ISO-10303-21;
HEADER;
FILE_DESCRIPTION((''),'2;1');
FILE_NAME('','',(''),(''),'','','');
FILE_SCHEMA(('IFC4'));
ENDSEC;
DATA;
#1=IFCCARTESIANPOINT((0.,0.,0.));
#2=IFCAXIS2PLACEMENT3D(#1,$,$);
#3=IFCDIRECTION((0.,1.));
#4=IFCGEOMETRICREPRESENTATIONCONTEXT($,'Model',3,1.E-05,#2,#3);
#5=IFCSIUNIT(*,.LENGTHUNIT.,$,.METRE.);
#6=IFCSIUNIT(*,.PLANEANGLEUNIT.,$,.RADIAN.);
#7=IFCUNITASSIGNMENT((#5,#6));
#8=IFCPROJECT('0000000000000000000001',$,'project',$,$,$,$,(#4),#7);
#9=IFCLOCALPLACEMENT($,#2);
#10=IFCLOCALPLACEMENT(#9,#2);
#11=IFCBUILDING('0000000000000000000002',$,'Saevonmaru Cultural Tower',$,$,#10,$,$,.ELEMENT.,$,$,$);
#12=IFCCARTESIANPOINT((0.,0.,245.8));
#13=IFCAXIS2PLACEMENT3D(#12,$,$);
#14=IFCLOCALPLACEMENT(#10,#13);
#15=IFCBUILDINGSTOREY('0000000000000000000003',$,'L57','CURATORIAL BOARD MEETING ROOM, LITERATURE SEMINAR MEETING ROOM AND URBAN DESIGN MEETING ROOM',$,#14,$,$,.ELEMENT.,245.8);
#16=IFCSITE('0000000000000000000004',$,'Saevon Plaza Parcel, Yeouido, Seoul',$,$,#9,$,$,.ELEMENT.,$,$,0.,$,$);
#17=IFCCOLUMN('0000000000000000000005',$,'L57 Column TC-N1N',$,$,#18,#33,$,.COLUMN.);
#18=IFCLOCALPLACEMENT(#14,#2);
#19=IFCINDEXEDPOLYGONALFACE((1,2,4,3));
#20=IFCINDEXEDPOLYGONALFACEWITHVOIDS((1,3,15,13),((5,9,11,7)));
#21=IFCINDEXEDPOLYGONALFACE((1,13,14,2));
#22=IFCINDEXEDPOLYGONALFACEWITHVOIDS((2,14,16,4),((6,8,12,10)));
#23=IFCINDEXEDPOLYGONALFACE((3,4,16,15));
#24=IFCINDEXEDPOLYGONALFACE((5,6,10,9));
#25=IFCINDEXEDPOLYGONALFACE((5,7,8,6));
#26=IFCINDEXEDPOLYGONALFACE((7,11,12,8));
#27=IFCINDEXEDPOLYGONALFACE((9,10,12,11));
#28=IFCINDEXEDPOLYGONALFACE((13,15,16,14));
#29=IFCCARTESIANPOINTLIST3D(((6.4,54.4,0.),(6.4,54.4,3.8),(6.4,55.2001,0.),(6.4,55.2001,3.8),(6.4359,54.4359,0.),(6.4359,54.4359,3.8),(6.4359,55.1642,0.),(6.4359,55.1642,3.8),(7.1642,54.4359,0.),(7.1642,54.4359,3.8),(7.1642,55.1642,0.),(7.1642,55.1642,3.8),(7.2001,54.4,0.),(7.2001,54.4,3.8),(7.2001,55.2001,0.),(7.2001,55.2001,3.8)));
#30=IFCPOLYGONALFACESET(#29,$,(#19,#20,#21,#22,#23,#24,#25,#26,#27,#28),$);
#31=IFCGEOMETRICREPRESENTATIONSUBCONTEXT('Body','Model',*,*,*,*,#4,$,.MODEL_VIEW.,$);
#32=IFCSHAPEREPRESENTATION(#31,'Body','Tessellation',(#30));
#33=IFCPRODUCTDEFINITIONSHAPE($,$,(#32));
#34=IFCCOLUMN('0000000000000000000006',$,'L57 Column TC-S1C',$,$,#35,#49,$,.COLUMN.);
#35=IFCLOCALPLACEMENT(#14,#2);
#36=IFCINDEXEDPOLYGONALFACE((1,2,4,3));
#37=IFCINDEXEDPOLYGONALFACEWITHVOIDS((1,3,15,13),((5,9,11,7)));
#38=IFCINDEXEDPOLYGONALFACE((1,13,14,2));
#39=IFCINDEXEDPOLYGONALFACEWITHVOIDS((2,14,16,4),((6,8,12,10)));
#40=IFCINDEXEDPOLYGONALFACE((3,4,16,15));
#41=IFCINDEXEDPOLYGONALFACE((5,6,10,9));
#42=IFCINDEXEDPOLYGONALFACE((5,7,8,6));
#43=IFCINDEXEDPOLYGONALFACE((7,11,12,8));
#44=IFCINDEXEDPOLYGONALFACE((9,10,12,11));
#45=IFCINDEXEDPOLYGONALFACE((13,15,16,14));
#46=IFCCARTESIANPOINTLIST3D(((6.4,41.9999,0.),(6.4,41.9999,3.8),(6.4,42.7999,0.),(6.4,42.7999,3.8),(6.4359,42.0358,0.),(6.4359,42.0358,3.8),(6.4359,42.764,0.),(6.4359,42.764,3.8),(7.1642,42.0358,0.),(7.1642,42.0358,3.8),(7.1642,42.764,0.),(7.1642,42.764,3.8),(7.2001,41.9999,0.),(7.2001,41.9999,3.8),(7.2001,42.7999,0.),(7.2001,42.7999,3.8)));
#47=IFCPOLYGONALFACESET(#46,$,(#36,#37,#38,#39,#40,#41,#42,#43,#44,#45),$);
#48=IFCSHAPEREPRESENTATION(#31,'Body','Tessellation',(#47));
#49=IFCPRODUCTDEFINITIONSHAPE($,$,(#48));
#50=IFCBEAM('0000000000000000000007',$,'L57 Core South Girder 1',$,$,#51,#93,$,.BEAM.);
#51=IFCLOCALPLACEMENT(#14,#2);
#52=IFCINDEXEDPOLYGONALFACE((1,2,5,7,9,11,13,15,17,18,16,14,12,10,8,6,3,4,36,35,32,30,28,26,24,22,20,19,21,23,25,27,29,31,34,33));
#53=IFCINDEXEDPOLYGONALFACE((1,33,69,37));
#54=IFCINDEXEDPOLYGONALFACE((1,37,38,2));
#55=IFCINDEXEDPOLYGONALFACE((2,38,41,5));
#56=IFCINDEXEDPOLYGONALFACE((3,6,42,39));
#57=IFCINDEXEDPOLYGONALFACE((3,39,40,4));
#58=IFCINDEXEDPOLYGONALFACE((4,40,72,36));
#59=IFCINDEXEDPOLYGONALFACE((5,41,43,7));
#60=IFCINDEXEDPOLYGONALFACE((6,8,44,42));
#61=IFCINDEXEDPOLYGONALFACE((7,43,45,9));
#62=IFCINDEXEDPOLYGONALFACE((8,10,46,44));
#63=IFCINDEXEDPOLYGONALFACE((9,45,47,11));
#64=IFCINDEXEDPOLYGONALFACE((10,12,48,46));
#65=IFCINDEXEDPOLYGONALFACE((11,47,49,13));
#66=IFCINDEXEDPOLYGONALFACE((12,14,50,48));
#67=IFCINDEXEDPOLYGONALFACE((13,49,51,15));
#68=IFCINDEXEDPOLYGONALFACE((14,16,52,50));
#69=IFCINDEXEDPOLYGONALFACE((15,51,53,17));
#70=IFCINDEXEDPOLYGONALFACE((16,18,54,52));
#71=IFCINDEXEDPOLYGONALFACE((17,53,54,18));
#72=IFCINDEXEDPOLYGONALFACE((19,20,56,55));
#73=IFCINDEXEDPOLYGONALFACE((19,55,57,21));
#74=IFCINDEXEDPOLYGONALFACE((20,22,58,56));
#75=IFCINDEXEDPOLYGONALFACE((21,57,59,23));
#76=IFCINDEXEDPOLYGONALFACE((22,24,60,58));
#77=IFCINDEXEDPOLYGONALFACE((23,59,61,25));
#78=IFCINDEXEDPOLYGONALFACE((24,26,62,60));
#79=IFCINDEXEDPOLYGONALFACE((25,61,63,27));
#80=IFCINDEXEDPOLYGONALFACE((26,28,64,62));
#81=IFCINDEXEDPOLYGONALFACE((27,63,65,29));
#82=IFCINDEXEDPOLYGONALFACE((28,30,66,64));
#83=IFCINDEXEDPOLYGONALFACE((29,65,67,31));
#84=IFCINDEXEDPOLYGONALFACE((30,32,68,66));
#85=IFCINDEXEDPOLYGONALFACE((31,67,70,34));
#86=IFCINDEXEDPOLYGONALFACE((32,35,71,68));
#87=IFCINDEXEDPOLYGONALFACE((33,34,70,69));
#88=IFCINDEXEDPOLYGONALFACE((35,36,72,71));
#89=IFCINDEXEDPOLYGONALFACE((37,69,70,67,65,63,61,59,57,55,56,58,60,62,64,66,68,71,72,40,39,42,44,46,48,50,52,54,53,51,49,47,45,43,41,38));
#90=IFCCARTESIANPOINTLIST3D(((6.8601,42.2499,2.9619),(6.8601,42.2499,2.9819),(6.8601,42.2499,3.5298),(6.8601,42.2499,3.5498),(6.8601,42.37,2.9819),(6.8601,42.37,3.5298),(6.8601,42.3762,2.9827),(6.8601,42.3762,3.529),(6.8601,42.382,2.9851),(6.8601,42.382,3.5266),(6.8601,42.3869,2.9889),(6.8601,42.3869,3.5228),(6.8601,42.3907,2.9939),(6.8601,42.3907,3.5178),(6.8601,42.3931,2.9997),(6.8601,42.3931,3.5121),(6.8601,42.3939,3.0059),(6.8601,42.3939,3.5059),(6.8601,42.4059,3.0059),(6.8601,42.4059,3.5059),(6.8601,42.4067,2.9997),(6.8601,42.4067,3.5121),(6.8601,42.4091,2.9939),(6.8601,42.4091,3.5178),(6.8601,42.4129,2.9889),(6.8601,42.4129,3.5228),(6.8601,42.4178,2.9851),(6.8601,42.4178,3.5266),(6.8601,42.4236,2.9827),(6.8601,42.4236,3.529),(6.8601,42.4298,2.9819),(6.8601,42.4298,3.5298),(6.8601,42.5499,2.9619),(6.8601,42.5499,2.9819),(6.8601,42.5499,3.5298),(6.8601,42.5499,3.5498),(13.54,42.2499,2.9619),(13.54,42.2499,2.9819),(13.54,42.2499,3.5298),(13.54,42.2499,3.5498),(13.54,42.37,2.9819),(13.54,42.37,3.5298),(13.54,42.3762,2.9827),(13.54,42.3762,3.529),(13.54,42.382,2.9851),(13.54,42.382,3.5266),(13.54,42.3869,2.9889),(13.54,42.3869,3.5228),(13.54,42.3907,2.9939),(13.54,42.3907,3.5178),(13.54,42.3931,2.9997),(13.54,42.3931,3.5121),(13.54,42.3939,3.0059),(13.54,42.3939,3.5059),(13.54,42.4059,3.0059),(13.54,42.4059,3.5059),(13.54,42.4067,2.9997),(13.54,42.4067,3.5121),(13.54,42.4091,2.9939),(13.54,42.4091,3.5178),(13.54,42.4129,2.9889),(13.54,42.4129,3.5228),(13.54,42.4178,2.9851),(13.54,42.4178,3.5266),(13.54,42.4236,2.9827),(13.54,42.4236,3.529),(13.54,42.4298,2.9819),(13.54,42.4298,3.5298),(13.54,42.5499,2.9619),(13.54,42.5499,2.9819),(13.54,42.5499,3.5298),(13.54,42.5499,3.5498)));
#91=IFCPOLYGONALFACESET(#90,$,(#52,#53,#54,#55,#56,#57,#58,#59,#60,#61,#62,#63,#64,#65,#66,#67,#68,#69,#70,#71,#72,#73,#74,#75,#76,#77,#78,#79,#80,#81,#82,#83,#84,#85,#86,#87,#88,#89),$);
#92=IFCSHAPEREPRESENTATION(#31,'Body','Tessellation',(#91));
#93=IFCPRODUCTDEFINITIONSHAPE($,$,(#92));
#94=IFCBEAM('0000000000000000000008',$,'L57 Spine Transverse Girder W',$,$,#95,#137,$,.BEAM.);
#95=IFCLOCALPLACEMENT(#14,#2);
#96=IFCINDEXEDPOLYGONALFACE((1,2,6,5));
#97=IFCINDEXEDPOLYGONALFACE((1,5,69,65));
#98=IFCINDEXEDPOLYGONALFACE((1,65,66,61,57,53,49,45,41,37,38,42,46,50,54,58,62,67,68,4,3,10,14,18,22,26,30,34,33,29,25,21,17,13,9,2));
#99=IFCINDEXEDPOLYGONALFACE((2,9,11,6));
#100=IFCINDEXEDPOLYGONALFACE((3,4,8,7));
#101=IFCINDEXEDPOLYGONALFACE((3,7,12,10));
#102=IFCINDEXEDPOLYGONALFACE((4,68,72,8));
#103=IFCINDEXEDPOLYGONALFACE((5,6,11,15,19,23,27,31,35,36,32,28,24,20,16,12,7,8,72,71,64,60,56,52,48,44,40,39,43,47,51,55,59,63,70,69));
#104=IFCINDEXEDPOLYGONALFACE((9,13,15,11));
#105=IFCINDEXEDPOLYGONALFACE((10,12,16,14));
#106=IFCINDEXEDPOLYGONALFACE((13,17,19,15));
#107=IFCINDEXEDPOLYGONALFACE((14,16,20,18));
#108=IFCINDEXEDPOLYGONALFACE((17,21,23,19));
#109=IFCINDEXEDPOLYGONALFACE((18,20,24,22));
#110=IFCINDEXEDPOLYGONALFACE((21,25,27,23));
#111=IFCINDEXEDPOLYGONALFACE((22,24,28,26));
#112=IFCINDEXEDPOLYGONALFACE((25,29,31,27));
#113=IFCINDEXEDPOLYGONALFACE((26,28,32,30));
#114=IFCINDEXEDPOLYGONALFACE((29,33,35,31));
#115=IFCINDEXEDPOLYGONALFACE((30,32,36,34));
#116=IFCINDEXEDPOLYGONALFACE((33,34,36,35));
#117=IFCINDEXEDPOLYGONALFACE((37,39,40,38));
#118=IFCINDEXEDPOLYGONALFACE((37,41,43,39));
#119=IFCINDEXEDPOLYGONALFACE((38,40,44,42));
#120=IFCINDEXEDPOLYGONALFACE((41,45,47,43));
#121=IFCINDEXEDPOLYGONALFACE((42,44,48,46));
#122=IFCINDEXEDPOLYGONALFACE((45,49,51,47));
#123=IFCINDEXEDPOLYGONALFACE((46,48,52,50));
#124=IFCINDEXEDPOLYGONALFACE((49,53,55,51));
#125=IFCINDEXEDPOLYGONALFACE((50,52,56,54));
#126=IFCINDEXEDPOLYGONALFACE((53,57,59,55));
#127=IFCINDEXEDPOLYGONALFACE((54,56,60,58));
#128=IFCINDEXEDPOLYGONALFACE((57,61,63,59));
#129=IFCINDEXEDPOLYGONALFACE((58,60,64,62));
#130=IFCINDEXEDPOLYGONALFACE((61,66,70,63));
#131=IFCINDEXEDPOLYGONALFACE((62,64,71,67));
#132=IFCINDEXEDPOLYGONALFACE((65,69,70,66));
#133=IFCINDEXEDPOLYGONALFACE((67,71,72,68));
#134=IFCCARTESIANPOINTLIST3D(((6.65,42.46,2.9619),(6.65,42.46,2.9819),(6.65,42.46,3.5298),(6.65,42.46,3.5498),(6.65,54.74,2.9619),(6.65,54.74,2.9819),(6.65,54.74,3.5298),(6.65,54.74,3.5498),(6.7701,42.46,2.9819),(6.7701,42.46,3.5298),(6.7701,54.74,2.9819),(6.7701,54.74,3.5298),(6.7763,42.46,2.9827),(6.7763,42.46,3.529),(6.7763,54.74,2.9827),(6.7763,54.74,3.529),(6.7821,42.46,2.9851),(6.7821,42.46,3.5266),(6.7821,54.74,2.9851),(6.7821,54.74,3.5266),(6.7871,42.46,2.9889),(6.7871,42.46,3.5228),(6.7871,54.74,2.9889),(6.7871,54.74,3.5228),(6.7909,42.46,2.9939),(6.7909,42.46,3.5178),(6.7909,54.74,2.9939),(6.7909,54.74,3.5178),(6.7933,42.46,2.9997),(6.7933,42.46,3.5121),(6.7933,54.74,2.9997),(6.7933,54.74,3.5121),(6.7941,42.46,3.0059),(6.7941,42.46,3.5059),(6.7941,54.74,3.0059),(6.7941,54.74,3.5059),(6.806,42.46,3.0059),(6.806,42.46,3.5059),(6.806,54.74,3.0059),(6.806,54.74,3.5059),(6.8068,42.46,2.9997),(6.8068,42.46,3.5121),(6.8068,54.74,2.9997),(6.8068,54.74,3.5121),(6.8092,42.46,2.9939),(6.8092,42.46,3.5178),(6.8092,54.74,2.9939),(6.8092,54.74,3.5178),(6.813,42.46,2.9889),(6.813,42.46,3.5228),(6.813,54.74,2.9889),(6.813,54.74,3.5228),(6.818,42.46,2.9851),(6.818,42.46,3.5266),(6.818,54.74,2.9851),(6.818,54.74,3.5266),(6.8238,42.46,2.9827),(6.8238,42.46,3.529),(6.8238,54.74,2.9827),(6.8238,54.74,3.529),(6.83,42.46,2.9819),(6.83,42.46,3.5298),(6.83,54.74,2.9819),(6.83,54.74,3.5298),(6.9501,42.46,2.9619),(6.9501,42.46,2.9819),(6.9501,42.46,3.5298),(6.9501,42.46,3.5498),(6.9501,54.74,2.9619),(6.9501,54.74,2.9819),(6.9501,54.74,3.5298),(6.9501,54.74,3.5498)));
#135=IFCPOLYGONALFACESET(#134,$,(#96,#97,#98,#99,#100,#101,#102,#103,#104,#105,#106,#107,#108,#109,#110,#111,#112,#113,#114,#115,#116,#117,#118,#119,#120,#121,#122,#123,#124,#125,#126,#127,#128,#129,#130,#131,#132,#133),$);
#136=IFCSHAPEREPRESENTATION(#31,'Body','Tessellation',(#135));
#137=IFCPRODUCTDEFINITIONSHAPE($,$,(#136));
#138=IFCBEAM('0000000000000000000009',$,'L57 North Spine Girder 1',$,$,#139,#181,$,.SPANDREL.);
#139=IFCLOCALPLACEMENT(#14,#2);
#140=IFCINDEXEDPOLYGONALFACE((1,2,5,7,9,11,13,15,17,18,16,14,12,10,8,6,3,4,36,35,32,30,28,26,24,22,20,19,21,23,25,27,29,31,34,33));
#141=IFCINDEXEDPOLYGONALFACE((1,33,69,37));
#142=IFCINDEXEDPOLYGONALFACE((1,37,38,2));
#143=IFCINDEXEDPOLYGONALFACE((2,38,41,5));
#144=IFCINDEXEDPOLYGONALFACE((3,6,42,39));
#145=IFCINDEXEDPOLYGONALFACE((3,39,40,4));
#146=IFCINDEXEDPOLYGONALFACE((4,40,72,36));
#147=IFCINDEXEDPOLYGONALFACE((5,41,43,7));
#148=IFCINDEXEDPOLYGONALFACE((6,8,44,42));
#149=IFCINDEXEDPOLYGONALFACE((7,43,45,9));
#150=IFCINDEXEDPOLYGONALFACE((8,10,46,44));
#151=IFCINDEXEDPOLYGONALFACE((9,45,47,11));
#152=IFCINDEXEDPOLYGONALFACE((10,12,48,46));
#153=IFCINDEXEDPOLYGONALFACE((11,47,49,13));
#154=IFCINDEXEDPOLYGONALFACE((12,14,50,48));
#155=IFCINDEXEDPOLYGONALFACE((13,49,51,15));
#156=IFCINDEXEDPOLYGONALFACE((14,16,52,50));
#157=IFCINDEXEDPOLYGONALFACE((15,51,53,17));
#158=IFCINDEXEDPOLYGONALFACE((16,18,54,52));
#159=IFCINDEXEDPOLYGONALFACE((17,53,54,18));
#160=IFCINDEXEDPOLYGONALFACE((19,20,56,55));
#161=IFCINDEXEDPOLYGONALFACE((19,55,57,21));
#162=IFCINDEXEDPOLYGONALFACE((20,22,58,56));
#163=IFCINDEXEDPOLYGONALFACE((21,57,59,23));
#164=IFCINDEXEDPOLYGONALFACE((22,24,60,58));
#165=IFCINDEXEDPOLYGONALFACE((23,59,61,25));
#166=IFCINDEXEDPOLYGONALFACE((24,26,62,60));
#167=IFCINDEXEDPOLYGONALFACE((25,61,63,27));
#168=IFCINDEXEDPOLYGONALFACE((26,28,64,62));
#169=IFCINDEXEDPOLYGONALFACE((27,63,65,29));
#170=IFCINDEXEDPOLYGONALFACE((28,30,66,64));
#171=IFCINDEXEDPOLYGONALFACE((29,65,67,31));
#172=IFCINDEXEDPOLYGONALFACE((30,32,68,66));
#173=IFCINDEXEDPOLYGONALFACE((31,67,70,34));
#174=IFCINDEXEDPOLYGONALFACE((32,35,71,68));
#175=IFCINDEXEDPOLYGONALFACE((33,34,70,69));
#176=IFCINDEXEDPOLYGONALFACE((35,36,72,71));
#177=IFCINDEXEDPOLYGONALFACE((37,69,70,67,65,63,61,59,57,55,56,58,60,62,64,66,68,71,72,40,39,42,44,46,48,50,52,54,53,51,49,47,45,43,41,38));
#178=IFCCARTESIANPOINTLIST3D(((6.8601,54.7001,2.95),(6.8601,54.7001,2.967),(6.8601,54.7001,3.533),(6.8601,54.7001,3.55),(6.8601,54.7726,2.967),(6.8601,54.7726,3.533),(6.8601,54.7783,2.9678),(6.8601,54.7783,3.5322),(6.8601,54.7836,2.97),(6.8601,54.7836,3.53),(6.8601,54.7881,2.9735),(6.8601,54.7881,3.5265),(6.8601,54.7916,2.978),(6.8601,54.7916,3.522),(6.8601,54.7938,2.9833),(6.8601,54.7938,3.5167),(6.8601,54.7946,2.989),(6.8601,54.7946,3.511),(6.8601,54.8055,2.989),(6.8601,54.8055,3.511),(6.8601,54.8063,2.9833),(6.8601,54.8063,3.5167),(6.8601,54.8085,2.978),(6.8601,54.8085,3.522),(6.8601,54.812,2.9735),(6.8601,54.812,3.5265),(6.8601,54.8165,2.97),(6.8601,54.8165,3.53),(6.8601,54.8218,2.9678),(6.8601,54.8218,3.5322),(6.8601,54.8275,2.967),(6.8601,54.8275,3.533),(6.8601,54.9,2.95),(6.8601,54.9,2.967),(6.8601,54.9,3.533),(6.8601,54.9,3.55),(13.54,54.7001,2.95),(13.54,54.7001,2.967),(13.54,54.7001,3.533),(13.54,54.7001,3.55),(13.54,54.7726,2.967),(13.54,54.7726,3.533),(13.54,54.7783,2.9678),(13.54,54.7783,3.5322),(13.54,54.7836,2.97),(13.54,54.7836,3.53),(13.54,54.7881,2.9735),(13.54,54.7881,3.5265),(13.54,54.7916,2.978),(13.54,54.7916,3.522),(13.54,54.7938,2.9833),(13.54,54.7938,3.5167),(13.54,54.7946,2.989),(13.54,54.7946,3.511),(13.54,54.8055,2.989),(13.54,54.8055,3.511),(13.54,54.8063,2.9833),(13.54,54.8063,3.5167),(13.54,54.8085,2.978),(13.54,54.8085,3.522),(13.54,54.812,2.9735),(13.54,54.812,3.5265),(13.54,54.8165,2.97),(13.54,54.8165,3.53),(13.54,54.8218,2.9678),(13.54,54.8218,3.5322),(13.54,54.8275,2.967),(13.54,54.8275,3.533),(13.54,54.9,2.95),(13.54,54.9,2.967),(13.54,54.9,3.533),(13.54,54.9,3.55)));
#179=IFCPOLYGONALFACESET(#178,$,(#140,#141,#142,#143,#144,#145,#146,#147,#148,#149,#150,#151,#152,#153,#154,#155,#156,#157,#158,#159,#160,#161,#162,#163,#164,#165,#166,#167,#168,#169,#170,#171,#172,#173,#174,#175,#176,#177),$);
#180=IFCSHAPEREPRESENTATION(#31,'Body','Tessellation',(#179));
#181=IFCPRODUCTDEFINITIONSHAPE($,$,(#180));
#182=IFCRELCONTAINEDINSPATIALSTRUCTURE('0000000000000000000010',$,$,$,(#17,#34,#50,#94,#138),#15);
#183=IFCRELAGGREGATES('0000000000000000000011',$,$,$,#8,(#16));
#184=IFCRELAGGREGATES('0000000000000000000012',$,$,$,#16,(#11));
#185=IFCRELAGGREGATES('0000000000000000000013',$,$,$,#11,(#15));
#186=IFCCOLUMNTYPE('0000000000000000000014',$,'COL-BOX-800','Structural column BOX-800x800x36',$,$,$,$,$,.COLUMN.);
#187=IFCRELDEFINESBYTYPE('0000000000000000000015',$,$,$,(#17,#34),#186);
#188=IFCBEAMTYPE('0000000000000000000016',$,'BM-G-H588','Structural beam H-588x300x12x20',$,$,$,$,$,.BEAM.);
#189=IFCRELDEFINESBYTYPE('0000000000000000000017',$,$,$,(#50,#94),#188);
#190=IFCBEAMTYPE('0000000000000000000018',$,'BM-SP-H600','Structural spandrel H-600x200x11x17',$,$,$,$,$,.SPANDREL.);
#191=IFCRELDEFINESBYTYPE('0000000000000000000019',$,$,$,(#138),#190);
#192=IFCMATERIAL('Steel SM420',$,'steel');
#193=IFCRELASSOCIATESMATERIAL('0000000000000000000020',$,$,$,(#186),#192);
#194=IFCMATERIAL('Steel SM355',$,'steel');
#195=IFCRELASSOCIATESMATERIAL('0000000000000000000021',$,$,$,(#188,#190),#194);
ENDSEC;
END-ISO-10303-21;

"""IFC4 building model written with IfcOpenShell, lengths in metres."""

from ifc_helpers import new_model, si_unit, direction, frame, origin, origin_2d, place, context, subcontext, project, spatial, hollow_rectangle, i_section, extrude, material, material_profile, profile_set, type_object, element, save


model = new_model("IFC4")

# Units and contexts
model_context = context("Model", 3, precision=1e-05, world=origin(), true_north=direction((0.0, 1.0)))
body_context = subcontext(model_context, "Body", "Model", "MODEL_VIEW")
ifc_project = project(units=[si_unit("LENGTHUNIT", "METRE"), si_unit("PLANEANGLEUNIT", "RADIAN")], contexts=[model_context])

# Site, building, storey
site_placement = place(None, origin())
site = spatial("IfcSite", under=ifc_project, at=site_placement, Name="Saevon Plaza Parcel, Yeouido, Seoul", CompositionType="ELEMENT", RefElevation=0.0)
building_placement = place(site_placement, origin())
building = spatial("IfcBuilding", under=site, at=building_placement, Name="Saevonmaru Cultural Tower", CompositionType="ELEMENT")
storey_placement = place(building_placement, frame((0.0, 0.0, 245.8)))
storey = spatial("IfcBuildingStorey", under=building, at=storey_placement, Name="L57", Description="CURATORIAL BOARD MEETING ROOM, LITERATURE SEMINAR MEETING ROOM AND URBAN DESIGN MEETING ROOM", CompositionType="ELEMENT", Elevation=245.8)

# Columns
ifc_material_1 = material(Name="Steel SM420", Category="steel")
ifc_material_profile_1 = material_profile(ifc_material_1, hollow_rectangle(XDim=0.8, YDim=0.8, WallThickness=0.0359, at=origin_2d()), Name="BOX-800x800x36")
ifc_profile_set_1 = profile_set([ifc_material_profile_1], Name="Steel SM420")
column_type = type_object("IfcColumnType", Name="COL-BOX-800", Description="Structural column BOX-800x800x36", PredefinedType="COLUMN", material=ifc_profile_set_1)
for number, where, z_axis, x_axis, name in (
    (1, (6.8, 54.8, 0.0), (0.0, 0.0, 1.0), (1.0, 0.0, 0.0), "L57 Column TC-N1N"),
    (2, (6.8, 42.3999, 0.0), (0.0, 0.0, 1.0), (1.0, 0.0, 0.0), "L57 Column TC-S1C"),
):
    element("IfcColumn", number, at=place(storey_placement, frame(where, z_axis=z_axis, x_axis=x_axis)), inside=storey, type_object=column_type, Name=name, PredefinedType="COLUMN", context=body_context, shape_type="SweptSolid", body=[
        extrude(hollow_rectangle(XDim=0.8, YDim=0.8, WallThickness=0.0359, at=origin_2d()), origin(), (0.0, 0.0, 1.0), 3.8),
    ])

# Beams
ifc_material_2 = material(Name="Steel SM355", Category="steel")
ifc_material_profile_2 = material_profile(ifc_material_2, i_section(OverallWidth=0.3, OverallDepth=0.5879, WebThickness=0.012, FlangeThickness=0.02, FilletRadius=0.0239, at=origin_2d()), Name="H-588x300x12x20")
ifc_profile_set_2 = profile_set([ifc_material_profile_2], Name="Steel SM355")
beam_type_1 = type_object("IfcBeamType", Name="BM-G-H588", Description="Structural beam H-588x300x12x20", PredefinedType="BEAM", material=ifc_profile_set_2)
beam_1_placement = place(storey_placement, frame((6.8601, 42.3999, 3.2559), z_axis=(1.0, 0.0, 0.0), x_axis=(0.0, 1.0, 0.0)))
element("IfcBeam", 3, at=beam_1_placement, inside=storey, type_object=beam_type_1, Name="L57 Core South Girder 1", PredefinedType="BEAM", context=body_context, shape_type="SweptSolid", body=[
    extrude(i_section(OverallWidth=0.3, OverallDepth=0.5879, WebThickness=0.012, FlangeThickness=0.02, FilletRadius=0.0239, at=origin_2d()), origin(), (0.0, 0.0, 1.0), 6.6799),
])
beam_2_placement = place(storey_placement, frame((6.8, 54.74, 3.2559), z_axis=(0.0, -1.0, 0.0), x_axis=(1.0, 0.0, 0.0)))
element("IfcBeam", 4, at=beam_2_placement, inside=storey, type_object=beam_type_1, Name="L57 Spine Transverse Girder W", PredefinedType="BEAM", context=body_context, shape_type="SweptSolid", body=[
    extrude(i_section(OverallWidth=0.3, OverallDepth=0.5879, WebThickness=0.012, FlangeThickness=0.02, FilletRadius=0.0239, at=origin_2d()), origin(), (0.0, 0.0, 1.0), 12.28),
])
ifc_material_profile_3 = material_profile(ifc_material_2, i_section(OverallWidth=0.2, OverallDepth=0.6001, WebThickness=0.011, FlangeThickness=0.0171, FilletRadius=0.022, at=origin_2d()), Name="H-600x200x11x17")
ifc_profile_set_3 = profile_set([ifc_material_profile_3], Name="Steel SM355")
beam_type_2 = type_object("IfcBeamType", Name="BM-SP-H600", Description="Structural spandrel H-600x200x11x17", PredefinedType="SPANDREL", material=ifc_profile_set_3)
beam_3_placement = place(storey_placement, frame((6.8601, 54.8, 3.25), z_axis=(1.0, 0.0, 0.0), x_axis=(0.0, 1.0, 0.0)))
element("IfcBeam", 5, at=beam_3_placement, inside=storey, type_object=beam_type_2, Name="L57 North Spine Girder 1", PredefinedType="SPANDREL", context=body_context, shape_type="SweptSolid", body=[
    extrude(i_section(OverallWidth=0.2, OverallDepth=0.6001, WebThickness=0.011, FlangeThickness=0.0171, FilletRadius=0.022, at=origin_2d()), origin(), (0.0, 0.0, 1.0), 6.6799),
])

save(model, "model.ifc")
